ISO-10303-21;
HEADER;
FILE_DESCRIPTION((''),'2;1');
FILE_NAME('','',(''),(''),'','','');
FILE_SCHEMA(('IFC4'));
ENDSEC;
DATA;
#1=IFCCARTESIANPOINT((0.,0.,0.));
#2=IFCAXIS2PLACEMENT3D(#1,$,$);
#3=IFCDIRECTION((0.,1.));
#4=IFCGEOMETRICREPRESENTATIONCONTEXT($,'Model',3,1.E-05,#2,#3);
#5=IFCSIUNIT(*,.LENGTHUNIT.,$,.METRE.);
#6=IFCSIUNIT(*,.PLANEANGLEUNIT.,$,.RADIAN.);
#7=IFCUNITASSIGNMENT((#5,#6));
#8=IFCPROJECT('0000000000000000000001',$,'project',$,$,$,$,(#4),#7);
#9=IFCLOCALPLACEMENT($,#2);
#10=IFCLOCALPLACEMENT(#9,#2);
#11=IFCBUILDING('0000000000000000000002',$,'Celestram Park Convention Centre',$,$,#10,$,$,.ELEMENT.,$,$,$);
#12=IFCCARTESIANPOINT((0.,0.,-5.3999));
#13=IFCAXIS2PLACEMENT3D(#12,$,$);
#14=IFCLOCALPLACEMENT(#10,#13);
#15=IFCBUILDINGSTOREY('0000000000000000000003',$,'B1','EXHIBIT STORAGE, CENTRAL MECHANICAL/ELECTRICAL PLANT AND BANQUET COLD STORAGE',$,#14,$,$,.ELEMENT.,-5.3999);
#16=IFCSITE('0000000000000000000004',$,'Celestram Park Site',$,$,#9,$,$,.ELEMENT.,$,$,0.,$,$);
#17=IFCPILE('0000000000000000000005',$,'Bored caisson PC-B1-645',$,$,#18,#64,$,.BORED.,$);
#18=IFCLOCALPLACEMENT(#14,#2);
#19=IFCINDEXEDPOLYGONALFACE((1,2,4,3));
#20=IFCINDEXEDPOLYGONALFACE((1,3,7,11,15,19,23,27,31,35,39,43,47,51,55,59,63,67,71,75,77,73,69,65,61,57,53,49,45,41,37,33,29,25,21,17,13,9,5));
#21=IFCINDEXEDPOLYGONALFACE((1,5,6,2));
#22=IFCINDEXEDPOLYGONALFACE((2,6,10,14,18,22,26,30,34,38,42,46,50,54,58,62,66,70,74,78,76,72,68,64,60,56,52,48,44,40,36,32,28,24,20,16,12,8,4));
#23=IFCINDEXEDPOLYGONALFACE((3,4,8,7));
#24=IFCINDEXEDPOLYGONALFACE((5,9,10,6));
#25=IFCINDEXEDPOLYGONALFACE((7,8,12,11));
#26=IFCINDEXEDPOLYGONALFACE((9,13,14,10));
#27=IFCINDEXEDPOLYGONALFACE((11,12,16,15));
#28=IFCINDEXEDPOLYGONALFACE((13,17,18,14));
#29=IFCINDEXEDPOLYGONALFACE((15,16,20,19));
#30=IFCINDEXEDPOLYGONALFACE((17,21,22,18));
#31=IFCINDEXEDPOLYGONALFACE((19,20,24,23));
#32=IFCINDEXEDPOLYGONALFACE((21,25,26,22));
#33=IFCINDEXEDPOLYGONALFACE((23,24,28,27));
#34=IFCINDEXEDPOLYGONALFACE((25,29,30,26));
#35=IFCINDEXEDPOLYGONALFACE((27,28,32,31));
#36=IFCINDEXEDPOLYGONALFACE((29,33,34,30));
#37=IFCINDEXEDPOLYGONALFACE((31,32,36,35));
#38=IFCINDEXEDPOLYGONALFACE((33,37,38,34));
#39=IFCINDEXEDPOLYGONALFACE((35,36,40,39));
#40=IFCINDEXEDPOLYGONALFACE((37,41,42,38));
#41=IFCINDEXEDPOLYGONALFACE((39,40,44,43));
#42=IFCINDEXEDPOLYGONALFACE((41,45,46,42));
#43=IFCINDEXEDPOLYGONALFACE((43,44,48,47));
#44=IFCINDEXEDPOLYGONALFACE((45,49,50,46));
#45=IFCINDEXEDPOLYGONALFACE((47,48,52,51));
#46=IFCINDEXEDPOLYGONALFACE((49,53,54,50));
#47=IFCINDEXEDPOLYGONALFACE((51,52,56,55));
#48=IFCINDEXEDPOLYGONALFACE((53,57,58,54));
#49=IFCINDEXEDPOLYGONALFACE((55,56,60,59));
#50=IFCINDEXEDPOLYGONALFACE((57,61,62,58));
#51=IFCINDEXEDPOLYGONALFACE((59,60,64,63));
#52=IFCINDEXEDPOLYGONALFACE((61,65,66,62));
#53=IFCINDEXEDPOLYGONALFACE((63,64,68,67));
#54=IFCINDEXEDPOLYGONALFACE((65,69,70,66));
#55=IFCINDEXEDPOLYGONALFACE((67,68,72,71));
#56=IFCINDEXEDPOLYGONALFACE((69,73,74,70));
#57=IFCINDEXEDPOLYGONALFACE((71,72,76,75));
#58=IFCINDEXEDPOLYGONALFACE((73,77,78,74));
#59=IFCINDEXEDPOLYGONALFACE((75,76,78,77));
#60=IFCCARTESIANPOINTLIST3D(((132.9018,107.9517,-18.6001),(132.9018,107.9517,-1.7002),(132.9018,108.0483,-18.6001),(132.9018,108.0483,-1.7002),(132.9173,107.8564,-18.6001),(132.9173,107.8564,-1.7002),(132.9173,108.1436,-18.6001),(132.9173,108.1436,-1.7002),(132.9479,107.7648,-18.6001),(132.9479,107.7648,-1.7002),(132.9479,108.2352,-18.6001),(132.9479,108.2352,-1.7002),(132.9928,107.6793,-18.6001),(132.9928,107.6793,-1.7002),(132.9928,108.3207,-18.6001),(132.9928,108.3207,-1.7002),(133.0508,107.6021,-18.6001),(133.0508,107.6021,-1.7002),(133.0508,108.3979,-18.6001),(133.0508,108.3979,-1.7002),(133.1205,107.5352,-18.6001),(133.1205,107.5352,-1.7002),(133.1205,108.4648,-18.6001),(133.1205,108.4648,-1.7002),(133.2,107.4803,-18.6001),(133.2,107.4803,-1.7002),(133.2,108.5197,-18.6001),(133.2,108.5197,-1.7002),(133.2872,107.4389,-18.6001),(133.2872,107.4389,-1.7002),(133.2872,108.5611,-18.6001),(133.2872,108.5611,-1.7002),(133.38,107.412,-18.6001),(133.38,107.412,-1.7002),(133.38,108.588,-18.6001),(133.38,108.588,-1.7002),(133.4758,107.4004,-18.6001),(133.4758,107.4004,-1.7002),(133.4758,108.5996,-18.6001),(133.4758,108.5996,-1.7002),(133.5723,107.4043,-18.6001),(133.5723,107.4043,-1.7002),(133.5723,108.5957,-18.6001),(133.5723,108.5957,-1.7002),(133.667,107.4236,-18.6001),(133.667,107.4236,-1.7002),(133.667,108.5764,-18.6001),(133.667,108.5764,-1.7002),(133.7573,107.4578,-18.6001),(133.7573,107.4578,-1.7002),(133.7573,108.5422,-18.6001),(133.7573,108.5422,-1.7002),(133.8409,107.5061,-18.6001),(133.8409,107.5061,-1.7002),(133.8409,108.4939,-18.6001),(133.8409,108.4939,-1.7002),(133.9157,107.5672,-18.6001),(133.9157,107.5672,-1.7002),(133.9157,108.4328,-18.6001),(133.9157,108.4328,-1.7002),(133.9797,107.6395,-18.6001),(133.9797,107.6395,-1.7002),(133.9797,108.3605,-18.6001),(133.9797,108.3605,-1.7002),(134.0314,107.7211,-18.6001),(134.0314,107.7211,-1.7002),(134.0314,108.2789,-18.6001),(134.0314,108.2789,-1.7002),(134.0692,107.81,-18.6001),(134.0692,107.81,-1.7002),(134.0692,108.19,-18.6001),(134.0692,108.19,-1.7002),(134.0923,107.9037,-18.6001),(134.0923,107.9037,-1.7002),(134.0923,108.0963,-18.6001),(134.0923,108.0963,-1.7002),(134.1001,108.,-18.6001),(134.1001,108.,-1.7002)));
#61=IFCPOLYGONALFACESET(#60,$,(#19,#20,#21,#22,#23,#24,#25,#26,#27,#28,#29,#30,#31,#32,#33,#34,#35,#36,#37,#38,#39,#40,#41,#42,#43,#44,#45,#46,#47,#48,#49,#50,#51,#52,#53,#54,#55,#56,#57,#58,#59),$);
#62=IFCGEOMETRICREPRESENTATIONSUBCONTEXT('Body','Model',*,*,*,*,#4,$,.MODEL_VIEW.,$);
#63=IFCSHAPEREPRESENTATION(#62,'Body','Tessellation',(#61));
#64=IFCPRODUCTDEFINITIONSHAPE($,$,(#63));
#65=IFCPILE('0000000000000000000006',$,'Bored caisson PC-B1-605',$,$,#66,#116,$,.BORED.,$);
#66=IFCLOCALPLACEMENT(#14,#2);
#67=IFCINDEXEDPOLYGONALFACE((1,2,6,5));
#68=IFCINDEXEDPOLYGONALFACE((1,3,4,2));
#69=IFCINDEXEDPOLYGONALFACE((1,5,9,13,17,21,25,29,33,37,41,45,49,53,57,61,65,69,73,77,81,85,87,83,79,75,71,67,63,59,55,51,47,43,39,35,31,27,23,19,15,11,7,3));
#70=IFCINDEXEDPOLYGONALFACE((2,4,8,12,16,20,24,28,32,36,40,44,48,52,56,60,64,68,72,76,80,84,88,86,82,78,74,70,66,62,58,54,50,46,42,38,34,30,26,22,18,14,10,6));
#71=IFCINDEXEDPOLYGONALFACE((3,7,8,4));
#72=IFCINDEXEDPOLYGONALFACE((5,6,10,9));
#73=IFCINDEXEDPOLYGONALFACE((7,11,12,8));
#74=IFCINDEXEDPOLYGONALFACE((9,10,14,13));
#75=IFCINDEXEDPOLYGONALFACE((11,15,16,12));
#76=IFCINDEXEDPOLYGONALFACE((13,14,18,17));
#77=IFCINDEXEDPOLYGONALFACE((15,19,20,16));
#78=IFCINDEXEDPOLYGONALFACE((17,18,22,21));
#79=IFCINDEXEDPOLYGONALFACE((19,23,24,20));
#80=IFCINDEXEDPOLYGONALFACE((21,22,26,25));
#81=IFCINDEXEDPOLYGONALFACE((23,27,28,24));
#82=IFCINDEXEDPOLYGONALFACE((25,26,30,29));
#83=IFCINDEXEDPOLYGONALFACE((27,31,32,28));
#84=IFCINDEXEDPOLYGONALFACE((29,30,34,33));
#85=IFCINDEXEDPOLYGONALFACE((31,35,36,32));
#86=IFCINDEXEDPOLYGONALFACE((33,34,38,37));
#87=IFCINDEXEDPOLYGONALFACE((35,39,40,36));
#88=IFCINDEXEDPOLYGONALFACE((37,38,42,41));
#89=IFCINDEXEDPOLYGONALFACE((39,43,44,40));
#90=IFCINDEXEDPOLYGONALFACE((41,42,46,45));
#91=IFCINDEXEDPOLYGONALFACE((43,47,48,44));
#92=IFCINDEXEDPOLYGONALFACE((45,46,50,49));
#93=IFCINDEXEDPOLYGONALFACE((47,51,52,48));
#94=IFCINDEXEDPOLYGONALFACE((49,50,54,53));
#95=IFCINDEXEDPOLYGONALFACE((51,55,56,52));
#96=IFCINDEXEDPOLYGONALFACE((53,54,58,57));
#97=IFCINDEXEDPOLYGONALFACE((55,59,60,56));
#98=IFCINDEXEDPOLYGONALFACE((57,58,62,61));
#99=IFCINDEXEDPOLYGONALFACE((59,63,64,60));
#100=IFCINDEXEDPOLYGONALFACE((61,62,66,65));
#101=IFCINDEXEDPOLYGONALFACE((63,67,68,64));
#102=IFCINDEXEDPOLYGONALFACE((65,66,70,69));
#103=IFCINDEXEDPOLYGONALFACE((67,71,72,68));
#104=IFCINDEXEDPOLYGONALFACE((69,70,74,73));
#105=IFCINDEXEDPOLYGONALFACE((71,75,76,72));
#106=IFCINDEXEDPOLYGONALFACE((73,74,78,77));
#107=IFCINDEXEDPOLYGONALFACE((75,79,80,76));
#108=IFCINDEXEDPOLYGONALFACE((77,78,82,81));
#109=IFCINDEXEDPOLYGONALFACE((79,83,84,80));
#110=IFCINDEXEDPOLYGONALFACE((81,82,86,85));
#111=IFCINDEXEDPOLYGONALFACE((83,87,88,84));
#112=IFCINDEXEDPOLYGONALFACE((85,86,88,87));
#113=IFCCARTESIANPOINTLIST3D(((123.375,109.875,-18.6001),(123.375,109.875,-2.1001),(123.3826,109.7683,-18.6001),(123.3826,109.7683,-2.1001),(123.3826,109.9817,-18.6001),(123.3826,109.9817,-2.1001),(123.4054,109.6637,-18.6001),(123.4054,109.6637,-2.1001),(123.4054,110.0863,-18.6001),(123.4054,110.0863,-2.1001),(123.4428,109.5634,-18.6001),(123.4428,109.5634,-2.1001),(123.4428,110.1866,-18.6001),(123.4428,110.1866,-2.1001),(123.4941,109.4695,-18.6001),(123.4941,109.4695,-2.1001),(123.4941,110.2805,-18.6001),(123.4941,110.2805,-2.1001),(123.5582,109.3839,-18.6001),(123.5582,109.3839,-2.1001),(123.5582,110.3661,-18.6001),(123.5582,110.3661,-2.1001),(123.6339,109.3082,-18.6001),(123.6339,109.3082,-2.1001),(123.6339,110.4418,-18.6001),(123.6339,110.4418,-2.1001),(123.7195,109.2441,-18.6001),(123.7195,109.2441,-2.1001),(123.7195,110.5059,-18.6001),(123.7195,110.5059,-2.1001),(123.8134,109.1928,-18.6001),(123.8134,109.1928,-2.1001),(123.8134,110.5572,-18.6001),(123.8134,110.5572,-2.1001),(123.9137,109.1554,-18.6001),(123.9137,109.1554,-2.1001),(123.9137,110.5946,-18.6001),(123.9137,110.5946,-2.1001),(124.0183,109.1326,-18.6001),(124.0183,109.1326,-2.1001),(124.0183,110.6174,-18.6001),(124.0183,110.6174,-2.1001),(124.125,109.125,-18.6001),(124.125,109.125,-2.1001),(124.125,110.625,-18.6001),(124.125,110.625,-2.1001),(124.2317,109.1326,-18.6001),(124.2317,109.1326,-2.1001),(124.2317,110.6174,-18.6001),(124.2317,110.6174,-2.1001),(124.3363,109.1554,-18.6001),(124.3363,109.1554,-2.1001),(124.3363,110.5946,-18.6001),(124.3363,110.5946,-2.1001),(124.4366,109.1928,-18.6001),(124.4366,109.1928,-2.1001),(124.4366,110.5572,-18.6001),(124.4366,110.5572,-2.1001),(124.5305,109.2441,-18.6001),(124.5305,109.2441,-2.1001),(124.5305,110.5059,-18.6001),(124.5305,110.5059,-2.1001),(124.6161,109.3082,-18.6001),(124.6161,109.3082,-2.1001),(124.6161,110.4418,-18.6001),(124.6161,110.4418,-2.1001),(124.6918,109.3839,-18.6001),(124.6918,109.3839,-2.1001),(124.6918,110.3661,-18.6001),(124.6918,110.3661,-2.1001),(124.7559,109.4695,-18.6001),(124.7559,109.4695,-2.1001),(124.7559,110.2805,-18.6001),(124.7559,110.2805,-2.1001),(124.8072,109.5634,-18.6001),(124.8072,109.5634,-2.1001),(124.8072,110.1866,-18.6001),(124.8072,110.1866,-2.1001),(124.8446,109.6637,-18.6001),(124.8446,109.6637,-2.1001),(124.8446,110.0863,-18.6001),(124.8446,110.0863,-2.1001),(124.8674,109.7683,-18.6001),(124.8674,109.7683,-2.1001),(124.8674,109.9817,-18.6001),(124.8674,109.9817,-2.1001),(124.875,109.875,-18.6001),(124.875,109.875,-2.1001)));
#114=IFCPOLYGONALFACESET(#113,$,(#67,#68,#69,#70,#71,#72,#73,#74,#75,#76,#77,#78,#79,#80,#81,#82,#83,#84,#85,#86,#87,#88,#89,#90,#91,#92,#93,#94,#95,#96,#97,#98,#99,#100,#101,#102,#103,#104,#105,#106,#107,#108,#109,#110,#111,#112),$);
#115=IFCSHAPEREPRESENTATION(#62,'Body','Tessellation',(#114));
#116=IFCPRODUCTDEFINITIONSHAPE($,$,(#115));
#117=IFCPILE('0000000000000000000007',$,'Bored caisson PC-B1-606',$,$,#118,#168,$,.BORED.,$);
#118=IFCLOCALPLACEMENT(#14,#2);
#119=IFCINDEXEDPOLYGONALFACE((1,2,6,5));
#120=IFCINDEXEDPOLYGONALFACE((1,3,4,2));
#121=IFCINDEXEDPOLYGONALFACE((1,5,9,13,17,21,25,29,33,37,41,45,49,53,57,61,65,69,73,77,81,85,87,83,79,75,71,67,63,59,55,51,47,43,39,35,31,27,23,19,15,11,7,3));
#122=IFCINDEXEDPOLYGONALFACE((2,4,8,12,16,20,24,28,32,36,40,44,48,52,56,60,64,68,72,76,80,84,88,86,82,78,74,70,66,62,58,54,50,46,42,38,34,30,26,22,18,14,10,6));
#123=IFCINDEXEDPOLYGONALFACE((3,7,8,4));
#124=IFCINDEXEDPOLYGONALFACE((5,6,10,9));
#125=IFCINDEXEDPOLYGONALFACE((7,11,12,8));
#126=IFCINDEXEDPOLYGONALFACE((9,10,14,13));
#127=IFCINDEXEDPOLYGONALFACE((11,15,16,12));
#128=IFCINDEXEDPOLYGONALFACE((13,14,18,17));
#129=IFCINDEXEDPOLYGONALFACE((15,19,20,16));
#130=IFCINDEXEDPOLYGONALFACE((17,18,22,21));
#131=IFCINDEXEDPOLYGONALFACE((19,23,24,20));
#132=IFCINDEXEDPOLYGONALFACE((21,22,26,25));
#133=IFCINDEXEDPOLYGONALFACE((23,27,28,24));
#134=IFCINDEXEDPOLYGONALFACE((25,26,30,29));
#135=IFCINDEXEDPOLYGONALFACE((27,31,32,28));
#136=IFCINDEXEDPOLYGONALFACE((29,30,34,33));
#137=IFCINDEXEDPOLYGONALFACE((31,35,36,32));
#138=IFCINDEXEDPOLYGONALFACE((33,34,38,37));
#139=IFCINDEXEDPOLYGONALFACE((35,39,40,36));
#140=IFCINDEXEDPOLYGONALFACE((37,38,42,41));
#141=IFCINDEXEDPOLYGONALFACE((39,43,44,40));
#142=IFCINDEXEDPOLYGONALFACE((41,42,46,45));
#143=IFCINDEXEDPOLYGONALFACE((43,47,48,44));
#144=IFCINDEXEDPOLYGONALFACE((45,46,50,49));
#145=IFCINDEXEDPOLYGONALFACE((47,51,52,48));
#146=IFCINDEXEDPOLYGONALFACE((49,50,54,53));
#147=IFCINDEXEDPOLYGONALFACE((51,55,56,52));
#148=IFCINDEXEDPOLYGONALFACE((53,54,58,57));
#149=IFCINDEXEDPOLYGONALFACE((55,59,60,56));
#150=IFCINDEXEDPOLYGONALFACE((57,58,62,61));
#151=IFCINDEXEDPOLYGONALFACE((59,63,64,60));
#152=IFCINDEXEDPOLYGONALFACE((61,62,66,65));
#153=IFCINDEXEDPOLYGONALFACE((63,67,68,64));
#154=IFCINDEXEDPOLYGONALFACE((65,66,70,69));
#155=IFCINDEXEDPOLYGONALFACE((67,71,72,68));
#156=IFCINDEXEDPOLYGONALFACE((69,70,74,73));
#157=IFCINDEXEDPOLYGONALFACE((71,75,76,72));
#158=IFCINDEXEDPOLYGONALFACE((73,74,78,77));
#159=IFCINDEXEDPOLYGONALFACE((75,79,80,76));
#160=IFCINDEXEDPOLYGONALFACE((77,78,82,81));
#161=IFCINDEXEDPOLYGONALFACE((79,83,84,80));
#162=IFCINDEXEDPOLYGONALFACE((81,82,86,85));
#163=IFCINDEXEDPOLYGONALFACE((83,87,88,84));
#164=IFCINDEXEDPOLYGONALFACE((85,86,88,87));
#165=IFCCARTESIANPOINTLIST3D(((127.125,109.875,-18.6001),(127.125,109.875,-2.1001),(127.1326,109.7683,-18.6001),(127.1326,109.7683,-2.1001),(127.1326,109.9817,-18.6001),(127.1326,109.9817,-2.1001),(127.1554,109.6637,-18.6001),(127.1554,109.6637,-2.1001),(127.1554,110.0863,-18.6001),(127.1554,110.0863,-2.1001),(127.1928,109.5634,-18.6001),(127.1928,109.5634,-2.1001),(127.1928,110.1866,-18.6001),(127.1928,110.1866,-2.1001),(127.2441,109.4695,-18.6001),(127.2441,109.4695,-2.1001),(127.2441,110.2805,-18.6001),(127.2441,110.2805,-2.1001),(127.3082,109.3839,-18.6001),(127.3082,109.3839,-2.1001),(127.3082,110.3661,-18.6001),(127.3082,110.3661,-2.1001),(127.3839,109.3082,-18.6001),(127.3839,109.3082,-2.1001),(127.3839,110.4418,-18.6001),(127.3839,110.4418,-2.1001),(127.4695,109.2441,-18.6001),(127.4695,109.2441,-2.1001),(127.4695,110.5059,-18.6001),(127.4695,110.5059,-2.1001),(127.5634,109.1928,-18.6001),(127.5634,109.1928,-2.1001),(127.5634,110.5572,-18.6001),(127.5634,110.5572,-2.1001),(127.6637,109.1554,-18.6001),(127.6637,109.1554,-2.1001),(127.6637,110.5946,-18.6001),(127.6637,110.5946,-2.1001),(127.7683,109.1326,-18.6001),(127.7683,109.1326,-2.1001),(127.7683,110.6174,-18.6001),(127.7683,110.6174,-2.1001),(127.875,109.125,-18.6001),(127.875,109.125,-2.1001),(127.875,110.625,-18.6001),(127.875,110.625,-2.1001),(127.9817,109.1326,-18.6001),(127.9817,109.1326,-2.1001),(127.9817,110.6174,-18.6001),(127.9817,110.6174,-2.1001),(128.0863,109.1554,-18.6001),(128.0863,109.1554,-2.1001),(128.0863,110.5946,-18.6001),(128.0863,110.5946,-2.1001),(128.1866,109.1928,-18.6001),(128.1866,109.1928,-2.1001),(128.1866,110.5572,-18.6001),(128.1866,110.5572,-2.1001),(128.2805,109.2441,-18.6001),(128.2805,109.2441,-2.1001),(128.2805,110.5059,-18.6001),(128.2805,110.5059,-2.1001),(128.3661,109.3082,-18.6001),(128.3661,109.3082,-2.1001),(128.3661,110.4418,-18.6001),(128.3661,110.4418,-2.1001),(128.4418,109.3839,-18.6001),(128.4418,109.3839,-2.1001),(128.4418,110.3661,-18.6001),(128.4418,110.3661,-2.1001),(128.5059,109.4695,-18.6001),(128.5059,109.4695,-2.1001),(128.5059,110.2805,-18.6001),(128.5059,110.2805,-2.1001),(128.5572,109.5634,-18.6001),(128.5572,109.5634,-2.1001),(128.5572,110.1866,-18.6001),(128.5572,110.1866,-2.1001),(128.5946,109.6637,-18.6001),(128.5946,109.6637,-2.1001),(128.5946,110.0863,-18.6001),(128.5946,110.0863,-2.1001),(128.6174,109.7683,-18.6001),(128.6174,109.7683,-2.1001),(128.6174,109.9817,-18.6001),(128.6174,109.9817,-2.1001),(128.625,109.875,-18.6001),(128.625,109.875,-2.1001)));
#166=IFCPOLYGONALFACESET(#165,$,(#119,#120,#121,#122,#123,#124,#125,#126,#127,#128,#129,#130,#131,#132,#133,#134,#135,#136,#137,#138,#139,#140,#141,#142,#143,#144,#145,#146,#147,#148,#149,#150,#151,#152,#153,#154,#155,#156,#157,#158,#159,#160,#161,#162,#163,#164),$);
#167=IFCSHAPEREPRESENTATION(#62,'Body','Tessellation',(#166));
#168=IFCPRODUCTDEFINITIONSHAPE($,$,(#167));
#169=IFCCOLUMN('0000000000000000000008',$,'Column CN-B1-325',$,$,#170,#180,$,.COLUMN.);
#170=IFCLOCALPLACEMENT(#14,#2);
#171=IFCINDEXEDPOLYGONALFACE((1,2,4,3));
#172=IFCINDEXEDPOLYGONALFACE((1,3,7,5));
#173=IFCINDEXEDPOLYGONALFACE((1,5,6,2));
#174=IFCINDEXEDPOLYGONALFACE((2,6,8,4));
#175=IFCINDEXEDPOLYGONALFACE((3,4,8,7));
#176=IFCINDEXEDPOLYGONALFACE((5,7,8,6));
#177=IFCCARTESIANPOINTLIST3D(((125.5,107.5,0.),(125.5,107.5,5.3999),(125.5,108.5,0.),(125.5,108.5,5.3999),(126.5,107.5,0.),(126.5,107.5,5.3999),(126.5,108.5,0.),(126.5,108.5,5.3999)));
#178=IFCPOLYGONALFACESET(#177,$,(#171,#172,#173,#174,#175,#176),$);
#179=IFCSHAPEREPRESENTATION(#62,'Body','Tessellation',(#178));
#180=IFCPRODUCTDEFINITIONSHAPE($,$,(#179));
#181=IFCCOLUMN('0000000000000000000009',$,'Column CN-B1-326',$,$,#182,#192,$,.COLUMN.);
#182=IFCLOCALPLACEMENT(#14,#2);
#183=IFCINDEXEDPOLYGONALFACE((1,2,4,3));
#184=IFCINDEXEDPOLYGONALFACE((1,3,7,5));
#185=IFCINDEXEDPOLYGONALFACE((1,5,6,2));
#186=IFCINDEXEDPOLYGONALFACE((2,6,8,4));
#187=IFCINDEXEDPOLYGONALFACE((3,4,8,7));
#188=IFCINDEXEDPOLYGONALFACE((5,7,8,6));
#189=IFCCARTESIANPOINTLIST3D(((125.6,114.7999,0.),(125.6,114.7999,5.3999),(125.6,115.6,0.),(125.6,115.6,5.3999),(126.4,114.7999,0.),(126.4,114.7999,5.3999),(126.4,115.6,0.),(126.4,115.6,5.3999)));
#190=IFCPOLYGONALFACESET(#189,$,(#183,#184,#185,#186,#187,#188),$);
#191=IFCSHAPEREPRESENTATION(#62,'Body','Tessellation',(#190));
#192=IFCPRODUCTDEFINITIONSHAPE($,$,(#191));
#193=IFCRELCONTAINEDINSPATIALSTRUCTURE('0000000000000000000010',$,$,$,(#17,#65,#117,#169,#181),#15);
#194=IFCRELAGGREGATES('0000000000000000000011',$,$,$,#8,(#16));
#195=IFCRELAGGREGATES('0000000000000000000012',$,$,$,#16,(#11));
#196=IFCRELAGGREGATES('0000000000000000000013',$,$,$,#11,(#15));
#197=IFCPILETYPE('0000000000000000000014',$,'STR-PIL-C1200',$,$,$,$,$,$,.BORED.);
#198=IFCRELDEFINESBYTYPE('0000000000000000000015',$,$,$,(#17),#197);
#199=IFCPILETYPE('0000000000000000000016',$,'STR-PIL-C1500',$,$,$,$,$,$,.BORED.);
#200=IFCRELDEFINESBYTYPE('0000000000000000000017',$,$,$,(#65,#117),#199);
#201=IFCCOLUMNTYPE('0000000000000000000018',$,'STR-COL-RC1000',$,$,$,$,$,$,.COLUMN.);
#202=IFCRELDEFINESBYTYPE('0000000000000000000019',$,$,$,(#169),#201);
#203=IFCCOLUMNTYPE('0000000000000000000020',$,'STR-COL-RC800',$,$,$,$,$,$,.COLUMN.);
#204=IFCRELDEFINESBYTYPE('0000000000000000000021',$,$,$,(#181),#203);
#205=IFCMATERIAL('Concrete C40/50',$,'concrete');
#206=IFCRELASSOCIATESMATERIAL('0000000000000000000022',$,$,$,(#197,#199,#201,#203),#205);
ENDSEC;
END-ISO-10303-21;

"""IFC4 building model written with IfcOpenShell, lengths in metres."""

from ifc_helpers import new_model, si_unit, direction, frame, origin, origin_2d, place, context, subcontext, project, spatial, rectangle, circle, extrude, material, material_profile, profile_set, type_object, element, save


model = new_model("IFC4")

# Units and contexts
model_context = context("Model", 3, precision=1e-05, world=origin(), true_north=direction((0.0, 1.0)))
body_context = subcontext(model_context, "Body", "Model", "MODEL_VIEW")
ifc_project = project(units=[si_unit("LENGTHUNIT", "METRE"), si_unit("PLANEANGLEUNIT", "RADIAN")], contexts=[model_context])

# Site, building, storey
site_placement = place(None, origin())
site = spatial("IfcSite", under=ifc_project, at=site_placement, Name="Celestram Park Site", CompositionType="ELEMENT", RefElevation=0.0)
building_placement = place(site_placement, origin())
building = spatial("IfcBuilding", under=site, at=building_placement, Name="Celestram Park Convention Centre", CompositionType="ELEMENT")
storey_placement = place(building_placement, frame((0.0, 0.0, -5.3999)))
storey = spatial("IfcBuildingStorey", under=building, at=storey_placement, Name="B1", Description="EXHIBIT STORAGE, CENTRAL MECHANICAL/ELECTRICAL PLANT AND BANQUET COLD STORAGE", CompositionType="ELEMENT", Elevation=-5.3999)

# Shared definitions
ifc_material_1 = material(Name="Concrete C40/50", Category="concrete")

# Piles
ifc_material_profile_1 = material_profile(ifc_material_1, circle(Radius=0.6001, at=origin_2d()), Name="CAISSON1200")
ifc_profile_set_1 = profile_set([ifc_material_profile_1], Name="Concrete C40/50")
pile_type_1 = type_object("IfcPileType", Name="STR-PIL-C1200", PredefinedType="BORED", material=ifc_profile_set_1)
for number, where, z_axis, x_axis, name in (
    (1, (133.5, 108.0, -1.7002), (0.0, 0.0, -1.0), (1.0, 0.0, 0.0), "Bored caisson PC-B1-645"),
):
    element("IfcPile", number, at=place(storey_placement, frame(where, z_axis=z_axis, x_axis=x_axis)), inside=storey, type_object=pile_type_1, Name=name, PredefinedType="BORED", context=body_context, shape_type="SweptSolid", body=[
        extrude(circle(Radius=0.6001, at=origin_2d()), origin(), (0.0, 0.0, 1.0), 16.8999),
    ])
ifc_material_profile_2 = material_profile(ifc_material_1, circle(Radius=0.75, at=origin_2d()), Name="CAISSON1500")
ifc_profile_set_2 = profile_set([ifc_material_profile_2], Name="Concrete C40/50")
pile_type_2 = type_object("IfcPileType", Name="STR-PIL-C1500", PredefinedType="BORED", material=ifc_profile_set_2)
for number, where, z_axis, x_axis, name in (
    (2, (124.125, 109.875, -2.1001), (0.0, 0.0, -1.0), (1.0, 0.0, 0.0), "Bored caisson PC-B1-605"),
    (3, (127.875, 109.875, -2.1001), (0.0, 0.0, -1.0), (1.0, 0.0, 0.0), "Bored caisson PC-B1-606"),
):
    element("IfcPile", number, at=place(storey_placement, frame(where, z_axis=z_axis, x_axis=x_axis)), inside=storey, type_object=pile_type_2, Name=name, PredefinedType="BORED", context=body_context, shape_type="SweptSolid", body=[
        extrude(circle(Radius=0.75, at=origin_2d()), origin(), (0.0, 0.0, 1.0), 16.5),
    ])

# Columns
ifc_material_profile_3 = material_profile(ifc_material_1, rectangle(XDim=1.0, YDim=1.0, at=origin_2d()), Name="RC1000X1000")
ifc_profile_set_3 = profile_set([ifc_material_profile_3], Name="Concrete C40/50")
column_type_1 = type_object("IfcColumnType", Name="STR-COL-RC1000", PredefinedType="COLUMN", material=ifc_profile_set_3)
column_1_placement = place(storey_placement, frame((126.0, 108.0, 0.0), z_axis=(0.0, 0.0, 1.0), x_axis=(1.0, 0.0, 0.0)))
element("IfcColumn", 4, at=column_1_placement, inside=storey, type_object=column_type_1, Name="Column CN-B1-325", PredefinedType="COLUMN", context=body_context, shape_type="SweptSolid", body=[
    extrude(rectangle(XDim=1.0, YDim=1.0, at=origin_2d()), origin(), (0.0, 0.0, 1.0), 5.3999),
])
ifc_material_profile_4 = material_profile(ifc_material_1, rectangle(XDim=0.8, YDim=0.8, at=origin_2d()), Name="RC800X800")
ifc_profile_set_4 = profile_set([ifc_material_profile_4], Name="Concrete C40/50")
column_type_2 = type_object("IfcColumnType", Name="STR-COL-RC800", PredefinedType="COLUMN", material=ifc_profile_set_4)
column_2_placement = place(storey_placement, frame((126.0, 115.2, 0.0), z_axis=(0.0, 0.0, 1.0), x_axis=(1.0, 0.0, 0.0)))
element("IfcColumn", 5, at=column_2_placement, inside=storey, type_object=column_type_2, Name="Column CN-B1-326", PredefinedType="COLUMN", context=body_context, shape_type="SweptSolid", body=[
    extrude(rectangle(XDim=0.8, YDim=0.8, at=origin_2d()), origin(), (0.0, 0.0, 1.0), 5.3999),
])

save(model, "model.ifc")
